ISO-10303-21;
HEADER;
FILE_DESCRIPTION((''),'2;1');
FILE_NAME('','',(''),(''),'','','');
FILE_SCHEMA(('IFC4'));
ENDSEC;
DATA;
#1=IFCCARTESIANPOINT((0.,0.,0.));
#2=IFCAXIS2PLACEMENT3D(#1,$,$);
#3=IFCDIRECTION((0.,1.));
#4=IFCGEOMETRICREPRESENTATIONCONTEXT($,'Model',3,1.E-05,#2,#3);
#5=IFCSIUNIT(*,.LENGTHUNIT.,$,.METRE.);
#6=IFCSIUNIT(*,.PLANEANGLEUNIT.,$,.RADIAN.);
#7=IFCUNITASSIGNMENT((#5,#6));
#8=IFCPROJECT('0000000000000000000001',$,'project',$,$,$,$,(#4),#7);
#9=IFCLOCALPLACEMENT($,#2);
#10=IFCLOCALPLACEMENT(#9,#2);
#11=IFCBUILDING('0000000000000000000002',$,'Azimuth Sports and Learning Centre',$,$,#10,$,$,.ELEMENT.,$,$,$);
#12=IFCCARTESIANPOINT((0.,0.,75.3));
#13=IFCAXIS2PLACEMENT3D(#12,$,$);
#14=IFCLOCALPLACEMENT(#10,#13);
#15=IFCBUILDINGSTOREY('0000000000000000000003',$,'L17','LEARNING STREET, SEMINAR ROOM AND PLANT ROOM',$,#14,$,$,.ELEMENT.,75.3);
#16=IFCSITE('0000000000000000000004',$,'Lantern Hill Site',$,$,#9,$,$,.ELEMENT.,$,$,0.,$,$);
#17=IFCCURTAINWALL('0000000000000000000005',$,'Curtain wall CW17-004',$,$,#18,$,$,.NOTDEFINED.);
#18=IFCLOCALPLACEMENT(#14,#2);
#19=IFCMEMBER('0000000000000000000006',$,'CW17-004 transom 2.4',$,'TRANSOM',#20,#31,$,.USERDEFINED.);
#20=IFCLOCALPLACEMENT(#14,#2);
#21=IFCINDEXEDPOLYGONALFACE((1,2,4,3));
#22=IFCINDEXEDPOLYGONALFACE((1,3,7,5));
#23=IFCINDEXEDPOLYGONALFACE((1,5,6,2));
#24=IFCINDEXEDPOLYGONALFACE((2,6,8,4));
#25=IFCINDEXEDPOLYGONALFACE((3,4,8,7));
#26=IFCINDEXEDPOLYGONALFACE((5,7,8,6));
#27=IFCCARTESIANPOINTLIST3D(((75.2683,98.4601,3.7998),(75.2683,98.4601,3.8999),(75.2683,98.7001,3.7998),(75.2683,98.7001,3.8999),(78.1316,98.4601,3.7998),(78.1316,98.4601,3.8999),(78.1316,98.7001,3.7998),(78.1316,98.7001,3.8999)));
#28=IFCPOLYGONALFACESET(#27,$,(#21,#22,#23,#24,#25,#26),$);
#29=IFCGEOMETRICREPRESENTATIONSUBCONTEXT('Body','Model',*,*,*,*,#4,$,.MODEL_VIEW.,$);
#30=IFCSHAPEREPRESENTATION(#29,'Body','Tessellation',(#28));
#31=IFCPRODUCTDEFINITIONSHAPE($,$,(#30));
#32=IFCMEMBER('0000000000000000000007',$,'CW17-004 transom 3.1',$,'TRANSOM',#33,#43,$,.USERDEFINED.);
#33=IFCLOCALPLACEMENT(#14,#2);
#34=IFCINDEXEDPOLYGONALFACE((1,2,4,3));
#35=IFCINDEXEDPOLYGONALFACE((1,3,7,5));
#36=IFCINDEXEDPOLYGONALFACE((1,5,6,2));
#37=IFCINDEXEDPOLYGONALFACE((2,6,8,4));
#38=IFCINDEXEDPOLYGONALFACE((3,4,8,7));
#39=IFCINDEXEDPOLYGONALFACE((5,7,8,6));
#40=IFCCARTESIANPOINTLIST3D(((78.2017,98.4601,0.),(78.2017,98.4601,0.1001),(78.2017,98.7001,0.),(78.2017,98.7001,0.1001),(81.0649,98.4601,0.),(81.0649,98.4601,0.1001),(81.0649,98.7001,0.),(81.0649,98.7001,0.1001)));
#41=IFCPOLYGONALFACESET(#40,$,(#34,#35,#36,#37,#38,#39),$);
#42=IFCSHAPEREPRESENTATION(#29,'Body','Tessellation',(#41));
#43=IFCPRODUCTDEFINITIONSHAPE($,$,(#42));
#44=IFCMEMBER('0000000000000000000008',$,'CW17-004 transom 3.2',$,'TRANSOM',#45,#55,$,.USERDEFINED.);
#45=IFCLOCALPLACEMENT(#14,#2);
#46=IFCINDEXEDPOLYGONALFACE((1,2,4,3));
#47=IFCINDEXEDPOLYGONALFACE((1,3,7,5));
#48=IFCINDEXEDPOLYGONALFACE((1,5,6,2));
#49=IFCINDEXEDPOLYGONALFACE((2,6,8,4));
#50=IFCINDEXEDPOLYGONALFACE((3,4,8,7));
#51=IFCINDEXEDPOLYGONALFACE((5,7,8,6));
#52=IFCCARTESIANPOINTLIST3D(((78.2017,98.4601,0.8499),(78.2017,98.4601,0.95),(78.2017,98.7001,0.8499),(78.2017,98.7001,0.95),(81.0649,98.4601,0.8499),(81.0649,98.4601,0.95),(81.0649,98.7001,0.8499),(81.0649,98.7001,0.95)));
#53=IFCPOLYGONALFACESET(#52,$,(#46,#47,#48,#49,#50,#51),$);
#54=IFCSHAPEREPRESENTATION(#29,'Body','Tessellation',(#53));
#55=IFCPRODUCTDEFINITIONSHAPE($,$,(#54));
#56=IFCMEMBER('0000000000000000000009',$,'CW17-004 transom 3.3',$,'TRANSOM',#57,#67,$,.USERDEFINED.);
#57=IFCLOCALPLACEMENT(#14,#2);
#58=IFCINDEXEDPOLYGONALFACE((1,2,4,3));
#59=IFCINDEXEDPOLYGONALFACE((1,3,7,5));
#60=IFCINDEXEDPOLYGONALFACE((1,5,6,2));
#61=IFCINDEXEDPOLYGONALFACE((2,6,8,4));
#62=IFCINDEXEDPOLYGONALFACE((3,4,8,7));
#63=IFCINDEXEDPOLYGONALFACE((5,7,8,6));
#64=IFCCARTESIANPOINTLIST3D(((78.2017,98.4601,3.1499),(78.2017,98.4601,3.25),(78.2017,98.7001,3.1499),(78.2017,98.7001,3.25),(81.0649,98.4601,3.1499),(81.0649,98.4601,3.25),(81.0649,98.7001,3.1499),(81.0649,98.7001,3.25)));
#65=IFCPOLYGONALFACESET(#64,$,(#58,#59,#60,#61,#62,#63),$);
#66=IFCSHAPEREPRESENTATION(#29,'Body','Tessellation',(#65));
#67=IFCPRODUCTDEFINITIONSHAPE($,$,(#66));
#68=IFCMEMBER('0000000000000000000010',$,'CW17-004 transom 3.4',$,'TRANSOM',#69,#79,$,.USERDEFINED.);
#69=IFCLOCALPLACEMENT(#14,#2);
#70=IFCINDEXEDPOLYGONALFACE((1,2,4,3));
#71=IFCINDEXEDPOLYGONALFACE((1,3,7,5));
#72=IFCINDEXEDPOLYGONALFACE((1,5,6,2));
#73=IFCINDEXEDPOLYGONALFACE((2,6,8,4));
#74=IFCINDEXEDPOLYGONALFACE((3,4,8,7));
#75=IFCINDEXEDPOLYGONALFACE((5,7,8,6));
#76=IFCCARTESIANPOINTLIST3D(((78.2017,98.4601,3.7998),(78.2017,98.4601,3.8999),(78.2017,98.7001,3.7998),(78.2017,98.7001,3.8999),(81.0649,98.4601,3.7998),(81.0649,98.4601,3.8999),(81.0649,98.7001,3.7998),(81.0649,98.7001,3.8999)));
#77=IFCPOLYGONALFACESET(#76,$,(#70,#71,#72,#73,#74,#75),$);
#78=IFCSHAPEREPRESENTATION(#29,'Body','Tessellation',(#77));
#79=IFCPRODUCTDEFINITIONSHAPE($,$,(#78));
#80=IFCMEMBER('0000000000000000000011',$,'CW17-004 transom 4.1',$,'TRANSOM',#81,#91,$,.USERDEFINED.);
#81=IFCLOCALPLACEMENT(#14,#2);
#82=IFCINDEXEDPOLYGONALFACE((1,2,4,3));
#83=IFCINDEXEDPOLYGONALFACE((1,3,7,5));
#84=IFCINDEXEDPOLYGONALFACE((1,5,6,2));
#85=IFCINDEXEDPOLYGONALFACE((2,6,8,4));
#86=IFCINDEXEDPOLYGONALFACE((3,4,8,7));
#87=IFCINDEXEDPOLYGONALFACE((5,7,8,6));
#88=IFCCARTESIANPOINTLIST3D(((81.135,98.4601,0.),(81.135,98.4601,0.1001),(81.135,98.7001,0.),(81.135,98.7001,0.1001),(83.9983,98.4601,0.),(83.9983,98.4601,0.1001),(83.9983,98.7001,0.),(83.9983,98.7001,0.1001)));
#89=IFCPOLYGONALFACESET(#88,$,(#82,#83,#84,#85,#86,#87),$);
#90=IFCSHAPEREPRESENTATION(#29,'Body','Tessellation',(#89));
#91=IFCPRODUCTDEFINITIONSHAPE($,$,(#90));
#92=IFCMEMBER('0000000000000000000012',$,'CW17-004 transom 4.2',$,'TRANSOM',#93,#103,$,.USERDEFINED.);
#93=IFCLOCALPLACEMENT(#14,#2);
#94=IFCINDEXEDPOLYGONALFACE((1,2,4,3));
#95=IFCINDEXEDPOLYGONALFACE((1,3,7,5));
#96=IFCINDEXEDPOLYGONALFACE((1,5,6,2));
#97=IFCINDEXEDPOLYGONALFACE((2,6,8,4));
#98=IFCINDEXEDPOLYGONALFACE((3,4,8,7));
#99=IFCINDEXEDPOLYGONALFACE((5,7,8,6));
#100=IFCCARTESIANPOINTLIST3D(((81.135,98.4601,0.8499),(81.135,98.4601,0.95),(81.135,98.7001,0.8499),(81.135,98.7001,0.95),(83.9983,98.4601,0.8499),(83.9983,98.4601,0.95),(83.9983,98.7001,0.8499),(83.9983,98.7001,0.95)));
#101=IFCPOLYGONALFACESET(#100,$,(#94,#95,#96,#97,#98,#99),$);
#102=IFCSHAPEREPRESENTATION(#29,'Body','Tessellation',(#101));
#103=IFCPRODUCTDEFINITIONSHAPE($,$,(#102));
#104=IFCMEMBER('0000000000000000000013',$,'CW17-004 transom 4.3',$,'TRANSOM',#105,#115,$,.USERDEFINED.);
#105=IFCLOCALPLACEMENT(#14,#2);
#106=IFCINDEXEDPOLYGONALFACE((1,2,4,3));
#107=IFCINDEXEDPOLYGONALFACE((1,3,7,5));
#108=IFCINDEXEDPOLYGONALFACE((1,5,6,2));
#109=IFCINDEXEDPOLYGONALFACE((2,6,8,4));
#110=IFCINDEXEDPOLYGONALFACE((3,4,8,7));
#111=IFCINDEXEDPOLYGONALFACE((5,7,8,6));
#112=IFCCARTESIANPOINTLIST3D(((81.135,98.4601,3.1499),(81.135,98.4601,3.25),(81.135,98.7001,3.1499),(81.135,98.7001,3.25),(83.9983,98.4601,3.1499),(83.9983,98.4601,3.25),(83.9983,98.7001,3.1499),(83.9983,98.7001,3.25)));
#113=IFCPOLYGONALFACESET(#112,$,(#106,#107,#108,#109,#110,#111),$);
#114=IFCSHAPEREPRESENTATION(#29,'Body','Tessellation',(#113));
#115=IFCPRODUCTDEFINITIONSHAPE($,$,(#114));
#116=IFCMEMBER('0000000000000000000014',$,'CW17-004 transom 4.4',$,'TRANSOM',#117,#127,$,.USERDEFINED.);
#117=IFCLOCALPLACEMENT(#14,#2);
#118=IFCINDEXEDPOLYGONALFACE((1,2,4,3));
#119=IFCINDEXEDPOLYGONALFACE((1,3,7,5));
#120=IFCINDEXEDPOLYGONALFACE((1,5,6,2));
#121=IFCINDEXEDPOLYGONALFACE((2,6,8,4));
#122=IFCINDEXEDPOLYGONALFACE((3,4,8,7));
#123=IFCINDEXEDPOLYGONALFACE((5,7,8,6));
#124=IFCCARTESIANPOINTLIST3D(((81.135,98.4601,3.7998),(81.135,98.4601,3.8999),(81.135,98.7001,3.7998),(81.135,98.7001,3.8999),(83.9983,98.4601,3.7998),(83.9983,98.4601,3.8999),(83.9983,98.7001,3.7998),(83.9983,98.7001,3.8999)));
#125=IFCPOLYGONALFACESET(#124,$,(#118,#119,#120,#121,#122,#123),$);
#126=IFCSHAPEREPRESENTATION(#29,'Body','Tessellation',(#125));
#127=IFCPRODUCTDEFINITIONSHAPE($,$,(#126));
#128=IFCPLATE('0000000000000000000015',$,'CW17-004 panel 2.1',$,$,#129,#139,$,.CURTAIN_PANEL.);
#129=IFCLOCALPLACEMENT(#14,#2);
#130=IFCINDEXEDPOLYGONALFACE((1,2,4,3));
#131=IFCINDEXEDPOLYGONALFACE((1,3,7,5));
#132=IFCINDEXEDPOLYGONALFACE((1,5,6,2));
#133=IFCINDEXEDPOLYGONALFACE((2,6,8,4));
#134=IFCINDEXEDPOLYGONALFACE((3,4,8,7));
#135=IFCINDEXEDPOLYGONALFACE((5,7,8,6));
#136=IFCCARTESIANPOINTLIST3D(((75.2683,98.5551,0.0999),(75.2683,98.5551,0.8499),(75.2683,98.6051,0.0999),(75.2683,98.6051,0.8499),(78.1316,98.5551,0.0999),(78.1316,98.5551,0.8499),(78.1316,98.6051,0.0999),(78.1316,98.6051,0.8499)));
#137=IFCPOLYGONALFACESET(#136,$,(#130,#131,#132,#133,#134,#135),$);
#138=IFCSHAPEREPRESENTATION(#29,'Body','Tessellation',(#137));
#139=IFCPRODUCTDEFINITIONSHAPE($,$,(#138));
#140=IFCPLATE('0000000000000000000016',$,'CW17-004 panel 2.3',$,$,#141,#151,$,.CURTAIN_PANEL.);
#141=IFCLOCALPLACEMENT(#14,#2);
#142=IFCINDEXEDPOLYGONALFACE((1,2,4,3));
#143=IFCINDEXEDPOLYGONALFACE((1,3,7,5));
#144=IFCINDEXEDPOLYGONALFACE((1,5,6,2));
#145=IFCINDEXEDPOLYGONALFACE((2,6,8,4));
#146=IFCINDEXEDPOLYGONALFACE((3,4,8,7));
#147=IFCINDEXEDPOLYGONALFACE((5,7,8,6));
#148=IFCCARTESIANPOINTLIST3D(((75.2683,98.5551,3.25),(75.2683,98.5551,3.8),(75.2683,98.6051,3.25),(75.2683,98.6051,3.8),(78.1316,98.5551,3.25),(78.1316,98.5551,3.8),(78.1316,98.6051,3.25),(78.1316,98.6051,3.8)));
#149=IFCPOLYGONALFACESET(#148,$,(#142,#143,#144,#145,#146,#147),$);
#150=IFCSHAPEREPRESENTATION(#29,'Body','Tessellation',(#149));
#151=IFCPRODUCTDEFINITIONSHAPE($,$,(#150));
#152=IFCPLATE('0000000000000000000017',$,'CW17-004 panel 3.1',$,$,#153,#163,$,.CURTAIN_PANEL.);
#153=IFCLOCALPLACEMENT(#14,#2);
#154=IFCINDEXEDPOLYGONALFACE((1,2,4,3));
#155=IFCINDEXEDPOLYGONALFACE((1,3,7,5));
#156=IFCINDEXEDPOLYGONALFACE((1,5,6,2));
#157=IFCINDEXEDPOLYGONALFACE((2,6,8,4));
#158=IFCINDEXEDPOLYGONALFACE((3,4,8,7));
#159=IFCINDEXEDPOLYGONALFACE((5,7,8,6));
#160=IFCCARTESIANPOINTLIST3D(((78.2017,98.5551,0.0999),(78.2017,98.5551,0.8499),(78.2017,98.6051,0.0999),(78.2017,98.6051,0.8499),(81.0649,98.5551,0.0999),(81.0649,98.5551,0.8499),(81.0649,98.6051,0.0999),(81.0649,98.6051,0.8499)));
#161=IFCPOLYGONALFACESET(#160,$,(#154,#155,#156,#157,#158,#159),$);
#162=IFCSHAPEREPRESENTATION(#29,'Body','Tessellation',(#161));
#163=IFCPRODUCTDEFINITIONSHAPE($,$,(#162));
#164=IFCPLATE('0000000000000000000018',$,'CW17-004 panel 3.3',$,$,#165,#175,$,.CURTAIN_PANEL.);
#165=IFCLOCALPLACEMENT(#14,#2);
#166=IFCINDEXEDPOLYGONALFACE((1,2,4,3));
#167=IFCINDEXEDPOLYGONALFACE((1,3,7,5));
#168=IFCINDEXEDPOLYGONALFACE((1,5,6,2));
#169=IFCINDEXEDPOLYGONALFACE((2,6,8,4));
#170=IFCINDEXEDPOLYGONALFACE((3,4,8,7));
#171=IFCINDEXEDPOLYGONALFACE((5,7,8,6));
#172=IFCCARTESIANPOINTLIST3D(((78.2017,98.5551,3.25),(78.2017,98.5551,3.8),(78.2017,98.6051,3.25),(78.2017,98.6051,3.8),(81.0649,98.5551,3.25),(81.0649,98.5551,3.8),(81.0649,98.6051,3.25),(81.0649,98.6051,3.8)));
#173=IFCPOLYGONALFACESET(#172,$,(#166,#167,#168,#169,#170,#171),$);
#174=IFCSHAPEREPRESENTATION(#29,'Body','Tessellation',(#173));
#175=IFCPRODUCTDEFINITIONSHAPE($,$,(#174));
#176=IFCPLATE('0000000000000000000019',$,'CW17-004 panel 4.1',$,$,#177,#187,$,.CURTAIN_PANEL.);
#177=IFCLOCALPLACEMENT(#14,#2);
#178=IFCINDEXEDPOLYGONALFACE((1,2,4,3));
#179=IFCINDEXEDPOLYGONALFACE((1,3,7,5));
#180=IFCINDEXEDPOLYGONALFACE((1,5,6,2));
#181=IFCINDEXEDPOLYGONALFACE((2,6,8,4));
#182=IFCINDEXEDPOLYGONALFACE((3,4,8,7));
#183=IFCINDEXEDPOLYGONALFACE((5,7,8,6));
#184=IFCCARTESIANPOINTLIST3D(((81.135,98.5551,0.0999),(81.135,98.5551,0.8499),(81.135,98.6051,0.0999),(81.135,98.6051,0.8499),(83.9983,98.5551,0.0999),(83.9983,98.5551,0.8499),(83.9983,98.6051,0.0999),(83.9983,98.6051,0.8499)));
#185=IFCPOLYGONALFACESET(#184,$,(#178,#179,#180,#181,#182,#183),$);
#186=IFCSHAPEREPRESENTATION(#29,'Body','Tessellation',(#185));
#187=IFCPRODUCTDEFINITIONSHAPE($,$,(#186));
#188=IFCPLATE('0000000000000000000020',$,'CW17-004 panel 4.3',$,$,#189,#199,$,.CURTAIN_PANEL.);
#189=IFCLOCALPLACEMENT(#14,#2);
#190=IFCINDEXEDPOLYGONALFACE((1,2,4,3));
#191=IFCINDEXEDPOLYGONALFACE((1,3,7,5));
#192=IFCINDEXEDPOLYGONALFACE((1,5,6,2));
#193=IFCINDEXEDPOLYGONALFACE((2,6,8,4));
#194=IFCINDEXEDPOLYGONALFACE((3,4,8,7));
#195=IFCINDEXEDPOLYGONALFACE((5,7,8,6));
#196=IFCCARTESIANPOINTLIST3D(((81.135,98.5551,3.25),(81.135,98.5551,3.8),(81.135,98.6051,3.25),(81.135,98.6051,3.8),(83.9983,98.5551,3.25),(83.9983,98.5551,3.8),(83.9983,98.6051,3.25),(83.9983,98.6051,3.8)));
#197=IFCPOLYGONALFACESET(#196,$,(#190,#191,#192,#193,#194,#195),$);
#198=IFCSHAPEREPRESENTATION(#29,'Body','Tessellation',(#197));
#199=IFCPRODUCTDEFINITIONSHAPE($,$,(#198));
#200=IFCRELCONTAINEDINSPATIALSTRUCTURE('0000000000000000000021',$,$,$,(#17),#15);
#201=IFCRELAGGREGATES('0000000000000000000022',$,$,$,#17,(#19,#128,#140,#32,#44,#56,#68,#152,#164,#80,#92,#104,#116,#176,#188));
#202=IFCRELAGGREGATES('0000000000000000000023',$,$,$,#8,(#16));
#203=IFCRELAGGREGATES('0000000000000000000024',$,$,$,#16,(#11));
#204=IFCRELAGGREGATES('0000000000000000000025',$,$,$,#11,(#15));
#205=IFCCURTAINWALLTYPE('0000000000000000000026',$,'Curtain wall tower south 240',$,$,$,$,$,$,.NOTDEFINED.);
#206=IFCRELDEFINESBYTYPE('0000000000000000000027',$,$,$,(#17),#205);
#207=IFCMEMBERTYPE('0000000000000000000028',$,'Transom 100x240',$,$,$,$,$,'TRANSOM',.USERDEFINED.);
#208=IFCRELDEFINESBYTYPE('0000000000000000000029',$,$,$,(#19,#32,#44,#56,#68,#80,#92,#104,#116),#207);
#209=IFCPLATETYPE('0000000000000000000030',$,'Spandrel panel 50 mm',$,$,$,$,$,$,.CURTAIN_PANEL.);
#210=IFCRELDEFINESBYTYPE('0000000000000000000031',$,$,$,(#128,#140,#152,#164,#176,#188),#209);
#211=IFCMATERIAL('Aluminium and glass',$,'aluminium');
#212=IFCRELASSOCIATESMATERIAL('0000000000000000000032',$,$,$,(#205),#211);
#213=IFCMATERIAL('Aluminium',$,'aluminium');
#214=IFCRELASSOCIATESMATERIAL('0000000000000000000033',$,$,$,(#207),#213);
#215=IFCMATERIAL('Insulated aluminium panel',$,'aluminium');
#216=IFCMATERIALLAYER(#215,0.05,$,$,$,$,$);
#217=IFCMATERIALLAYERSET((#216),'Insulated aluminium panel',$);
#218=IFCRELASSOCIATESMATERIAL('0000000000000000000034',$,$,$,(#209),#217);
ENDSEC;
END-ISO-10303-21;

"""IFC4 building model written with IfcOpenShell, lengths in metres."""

from ifc_helpers import new_model, si_unit, direction, frame, origin, origin_2d, place, context, subcontext, project, spatial, rectangle, extrude, material, layer, layer_set, material_profile, profile_set, type_object, element, aggregate, save


model = new_model("IFC4")

# Units and contexts
model_context = context("Model", 3, precision=1e-05, world=origin(), true_north=direction((0.0, 1.0)))
body_context = subcontext(model_context, "Body", "Model", "MODEL_VIEW")
ifc_project = project(units=[si_unit("LENGTHUNIT", "METRE"), si_unit("PLANEANGLEUNIT", "RADIAN")], contexts=[model_context])

# Site, building, storey
site_placement = place(None, origin())
site = spatial("IfcSite", under=ifc_project, at=site_placement, Name="Lantern Hill Site", CompositionType="ELEMENT", RefElevation=0.0)
building_placement = place(site_placement, origin())
building = spatial("IfcBuilding", under=site, at=building_placement, Name="Azimuth Sports and Learning Centre", CompositionType="ELEMENT")
storey_placement = place(building_placement, frame((0.0, 0.0, 75.3)))
storey = spatial("IfcBuildingStorey", under=building, at=storey_placement, Name="L17", Description="LEARNING STREET, SEMINAR ROOM AND PLANT ROOM", CompositionType="ELEMENT", Elevation=75.3)

# Curtain wall, members, plates
ifc_material_1 = material(Name="Aluminium and glass", Category="aluminium")
curtain_wall_type = type_object("IfcCurtainWallType", Name="Curtain wall tower south 240", PredefinedType="NOTDEFINED", material=ifc_material_1)
curtain_wall_placement = place(storey_placement, origin())
curtain_wall = element("IfcCurtainWall", 1, at=curtain_wall_placement, inside=storey, type_object=curtain_wall_type, Name="Curtain wall CW17-004", PredefinedType="NOTDEFINED")
ifc_material_2 = material(Name="Aluminium", Category="aluminium")
ifc_material_profile_1 = material_profile(ifc_material_2, rectangle(XDim=0.24, YDim=0.1001, at=origin_2d()), Name="Transom 100x240")
ifc_profile_set_1 = profile_set([ifc_material_profile_1], Name="Aluminium")
member_type_1 = type_object("IfcMemberType", Name="Transom 100x240", ElementType="TRANSOM", PredefinedType="USERDEFINED", material=ifc_profile_set_1)
member_1_placement = place(storey_placement, frame((75.2683, 98.5801, 3.8499), z_axis=(1.0, 0.0, 0.0), x_axis=(0.0, 1.0, 0.0)))
member_1 = element("IfcMember", 2, at=member_1_placement, type_object=member_type_1, Name="CW17-004 transom 2.4", ObjectType="TRANSOM", PredefinedType="USERDEFINED", context=body_context, shape_type="SweptSolid", body=[
    extrude(rectangle(XDim=0.24, YDim=0.1001, at=origin_2d()), origin(), (0.0, 0.0, 1.0), 2.8633),
])
member_2_placement = place(storey_placement, frame((78.2017, 98.5801, 0.05), z_axis=(1.0, 0.0, 0.0), x_axis=(0.0, 1.0, 0.0)))
member_2 = element("IfcMember", 3, at=member_2_placement, type_object=member_type_1, Name="CW17-004 transom 3.1", ObjectType="TRANSOM", PredefinedType="USERDEFINED", context=body_context, shape_type="SweptSolid", body=[
    extrude(rectangle(XDim=0.24, YDim=0.1001, at=origin_2d()), origin(), (0.0, 0.0, 1.0), 2.8633),
])
member_3_placement = place(storey_placement, frame((78.2017, 98.5801, 0.8999), z_axis=(1.0, 0.0, 0.0), x_axis=(0.0, 1.0, 0.0)))
member_3 = element("IfcMember", 4, at=member_3_placement, type_object=member_type_1, Name="CW17-004 transom 3.2", ObjectType="TRANSOM", PredefinedType="USERDEFINED", context=body_context, shape_type="SweptSolid", body=[
    extrude(rectangle(XDim=0.24, YDim=0.1001, at=origin_2d()), origin(), (0.0, 0.0, 1.0), 2.8633),
])
member_4_placement = place(storey_placement, frame((78.2017, 98.5801, 3.2), z_axis=(1.0, 0.0, 0.0), x_axis=(0.0, 1.0, 0.0)))
member_4 = element("IfcMember", 5, at=member_4_placement, type_object=member_type_1, Name="CW17-004 transom 3.3", ObjectType="TRANSOM", PredefinedType="USERDEFINED", context=body_context, shape_type="SweptSolid", body=[
    extrude(rectangle(XDim=0.24, YDim=0.1001, at=origin_2d()), origin(), (0.0, 0.0, 1.0), 2.8633),
])
member_5_placement = place(storey_placement, frame((78.2017, 98.5801, 3.8499), z_axis=(1.0, 0.0, 0.0), x_axis=(0.0, 1.0, 0.0)))
member_5 = element("IfcMember", 6, at=member_5_placement, type_object=member_type_1, Name="CW17-004 transom 3.4", ObjectType="TRANSOM", PredefinedType="USERDEFINED", context=body_context, shape_type="SweptSolid", body=[
    extrude(rectangle(XDim=0.24, YDim=0.1001, at=origin_2d()), origin(), (0.0, 0.0, 1.0), 2.8633),
])
member_6_placement = place(storey_placement, frame((81.135, 98.5801, 0.05), z_axis=(1.0, 0.0, 0.0), x_axis=(0.0, 1.0, 0.0)))
member_6 = element("IfcMember", 7, at=member_6_placement, type_object=member_type_1, Name="CW17-004 transom 4.1", ObjectType="TRANSOM", PredefinedType="USERDEFINED", context=body_context, shape_type="SweptSolid", body=[
    extrude(rectangle(XDim=0.24, YDim=0.1001, at=origin_2d()), origin(), (0.0, 0.0, 1.0), 2.8633),
])
member_7_placement = place(storey_placement, frame((81.135, 98.5801, 0.8999), z_axis=(1.0, 0.0, 0.0), x_axis=(0.0, 1.0, 0.0)))
member_7 = element("IfcMember", 8, at=member_7_placement, type_object=member_type_1, Name="CW17-004 transom 4.2", ObjectType="TRANSOM", PredefinedType="USERDEFINED", context=body_context, shape_type="SweptSolid", body=[
    extrude(rectangle(XDim=0.24, YDim=0.1001, at=origin_2d()), origin(), (0.0, 0.0, 1.0), 2.8633),
])
member_8_placement = place(storey_placement, frame((81.135, 98.5801, 3.2), z_axis=(1.0, 0.0, 0.0), x_axis=(0.0, 1.0, 0.0)))
member_8 = element("IfcMember", 9, at=member_8_placement, type_object=member_type_1, Name="CW17-004 transom 4.3", ObjectType="TRANSOM", PredefinedType="USERDEFINED", context=body_context, shape_type="SweptSolid", body=[
    extrude(rectangle(XDim=0.24, YDim=0.1001, at=origin_2d()), origin(), (0.0, 0.0, 1.0), 2.8633),
])
member_9_placement = place(storey_placement, frame((81.135, 98.5801, 3.8499), z_axis=(1.0, 0.0, 0.0), x_axis=(0.0, 1.0, 0.0)))
member_9 = element("IfcMember", 10, at=member_9_placement, type_object=member_type_1, Name="CW17-004 transom 4.4", ObjectType="TRANSOM", PredefinedType="USERDEFINED", context=body_context, shape_type="SweptSolid", body=[
    extrude(rectangle(XDim=0.24, YDim=0.1001, at=origin_2d()), origin(), (0.0, 0.0, 1.0), 2.8633),
])
ifc_material_3 = material(Name="Insulated aluminium panel", Category="aluminium")
ifc_layer_1 = layer(ifc_material_3, 0.05)
ifc_layer_set_1 = layer_set([ifc_layer_1], Name="Insulated aluminium panel")
plate_type_1 = type_object("IfcPlateType", Name="Spandrel panel 50 mm", PredefinedType="CURTAIN_PANEL", material=ifc_layer_set_1)
plate_1_placement = place(storey_placement, frame((76.7, 98.5801, 0.0999), z_axis=(0.0, 0.0, 1.0), x_axis=(1.0, 0.0, 0.0)))
plate_1 = element("IfcPlate", 11, at=plate_1_placement, type_object=plate_type_1, Name="CW17-004 panel 2.1", PredefinedType="CURTAIN_PANEL", context=body_context, shape_type="SweptSolid", body=[
    extrude(rectangle(XDim=2.8633, YDim=0.05, at=origin_2d()), origin(), (0.0, 0.0, 1.0), 0.75),
])
plate_2_placement = place(storey_placement, frame((76.7, 98.5801, 3.25), z_axis=(0.0, 0.0, 1.0), x_axis=(1.0, 0.0, 0.0)))
plate_2 = element("IfcPlate", 12, at=plate_2_placement, type_object=plate_type_1, Name="CW17-004 panel 2.3", PredefinedType="CURTAIN_PANEL", context=body_context, shape_type="SweptSolid", body=[
    extrude(rectangle(XDim=2.8633, YDim=0.05, at=origin_2d()), origin(), (0.0, 0.0, 1.0), 0.55),
])
plate_3_placement = place(storey_placement, frame((79.6333, 98.5801, 0.0999), z_axis=(0.0, 0.0, 1.0), x_axis=(1.0, 0.0, 0.0)))
plate_3 = element("IfcPlate", 13, at=plate_3_placement, type_object=plate_type_1, Name="CW17-004 panel 3.1", PredefinedType="CURTAIN_PANEL", context=body_context, shape_type="SweptSolid", body=[
    extrude(rectangle(XDim=2.8633, YDim=0.05, at=origin_2d()), origin(), (0.0, 0.0, 1.0), 0.75),
])
plate_4_placement = place(storey_placement, frame((79.6333, 98.5801, 3.25), z_axis=(0.0, 0.0, 1.0), x_axis=(1.0, 0.0, 0.0)))
plate_4 = element("IfcPlate", 14, at=plate_4_placement, type_object=plate_type_1, Name="CW17-004 panel 3.3", PredefinedType="CURTAIN_PANEL", context=body_context, shape_type="SweptSolid", body=[
    extrude(rectangle(XDim=2.8633, YDim=0.05, at=origin_2d()), origin(), (0.0, 0.0, 1.0), 0.55),
])
plate_5_placement = place(storey_placement, frame((82.5667, 98.5801, 0.0999), z_axis=(0.0, 0.0, 1.0), x_axis=(1.0, 0.0, 0.0)))
plate_5 = element("IfcPlate", 15, at=plate_5_placement, type_object=plate_type_1, Name="CW17-004 panel 4.1", PredefinedType="CURTAIN_PANEL", context=body_context, shape_type="SweptSolid", body=[
    extrude(rectangle(XDim=2.8633, YDim=0.05, at=origin_2d()), origin(), (0.0, 0.0, 1.0), 0.75),
])
plate_6_placement = place(storey_placement, frame((82.5667, 98.5801, 3.25), z_axis=(0.0, 0.0, 1.0), x_axis=(1.0, 0.0, 0.0)))
plate_6 = element("IfcPlate", 16, at=plate_6_placement, type_object=plate_type_1, Name="CW17-004 panel 4.3", PredefinedType="CURTAIN_PANEL", context=body_context, shape_type="SweptSolid", body=[
    extrude(rectangle(XDim=2.8633, YDim=0.05, at=origin_2d()), origin(), (0.0, 0.0, 1.0), 0.55),
])
aggregate(curtain_wall, [member_1, plate_1, plate_2, member_2, member_3, member_4, member_5, plate_3, plate_4, member_6, member_7, member_8, member_9, plate_5, plate_6])

save(model, "model.ifc")
